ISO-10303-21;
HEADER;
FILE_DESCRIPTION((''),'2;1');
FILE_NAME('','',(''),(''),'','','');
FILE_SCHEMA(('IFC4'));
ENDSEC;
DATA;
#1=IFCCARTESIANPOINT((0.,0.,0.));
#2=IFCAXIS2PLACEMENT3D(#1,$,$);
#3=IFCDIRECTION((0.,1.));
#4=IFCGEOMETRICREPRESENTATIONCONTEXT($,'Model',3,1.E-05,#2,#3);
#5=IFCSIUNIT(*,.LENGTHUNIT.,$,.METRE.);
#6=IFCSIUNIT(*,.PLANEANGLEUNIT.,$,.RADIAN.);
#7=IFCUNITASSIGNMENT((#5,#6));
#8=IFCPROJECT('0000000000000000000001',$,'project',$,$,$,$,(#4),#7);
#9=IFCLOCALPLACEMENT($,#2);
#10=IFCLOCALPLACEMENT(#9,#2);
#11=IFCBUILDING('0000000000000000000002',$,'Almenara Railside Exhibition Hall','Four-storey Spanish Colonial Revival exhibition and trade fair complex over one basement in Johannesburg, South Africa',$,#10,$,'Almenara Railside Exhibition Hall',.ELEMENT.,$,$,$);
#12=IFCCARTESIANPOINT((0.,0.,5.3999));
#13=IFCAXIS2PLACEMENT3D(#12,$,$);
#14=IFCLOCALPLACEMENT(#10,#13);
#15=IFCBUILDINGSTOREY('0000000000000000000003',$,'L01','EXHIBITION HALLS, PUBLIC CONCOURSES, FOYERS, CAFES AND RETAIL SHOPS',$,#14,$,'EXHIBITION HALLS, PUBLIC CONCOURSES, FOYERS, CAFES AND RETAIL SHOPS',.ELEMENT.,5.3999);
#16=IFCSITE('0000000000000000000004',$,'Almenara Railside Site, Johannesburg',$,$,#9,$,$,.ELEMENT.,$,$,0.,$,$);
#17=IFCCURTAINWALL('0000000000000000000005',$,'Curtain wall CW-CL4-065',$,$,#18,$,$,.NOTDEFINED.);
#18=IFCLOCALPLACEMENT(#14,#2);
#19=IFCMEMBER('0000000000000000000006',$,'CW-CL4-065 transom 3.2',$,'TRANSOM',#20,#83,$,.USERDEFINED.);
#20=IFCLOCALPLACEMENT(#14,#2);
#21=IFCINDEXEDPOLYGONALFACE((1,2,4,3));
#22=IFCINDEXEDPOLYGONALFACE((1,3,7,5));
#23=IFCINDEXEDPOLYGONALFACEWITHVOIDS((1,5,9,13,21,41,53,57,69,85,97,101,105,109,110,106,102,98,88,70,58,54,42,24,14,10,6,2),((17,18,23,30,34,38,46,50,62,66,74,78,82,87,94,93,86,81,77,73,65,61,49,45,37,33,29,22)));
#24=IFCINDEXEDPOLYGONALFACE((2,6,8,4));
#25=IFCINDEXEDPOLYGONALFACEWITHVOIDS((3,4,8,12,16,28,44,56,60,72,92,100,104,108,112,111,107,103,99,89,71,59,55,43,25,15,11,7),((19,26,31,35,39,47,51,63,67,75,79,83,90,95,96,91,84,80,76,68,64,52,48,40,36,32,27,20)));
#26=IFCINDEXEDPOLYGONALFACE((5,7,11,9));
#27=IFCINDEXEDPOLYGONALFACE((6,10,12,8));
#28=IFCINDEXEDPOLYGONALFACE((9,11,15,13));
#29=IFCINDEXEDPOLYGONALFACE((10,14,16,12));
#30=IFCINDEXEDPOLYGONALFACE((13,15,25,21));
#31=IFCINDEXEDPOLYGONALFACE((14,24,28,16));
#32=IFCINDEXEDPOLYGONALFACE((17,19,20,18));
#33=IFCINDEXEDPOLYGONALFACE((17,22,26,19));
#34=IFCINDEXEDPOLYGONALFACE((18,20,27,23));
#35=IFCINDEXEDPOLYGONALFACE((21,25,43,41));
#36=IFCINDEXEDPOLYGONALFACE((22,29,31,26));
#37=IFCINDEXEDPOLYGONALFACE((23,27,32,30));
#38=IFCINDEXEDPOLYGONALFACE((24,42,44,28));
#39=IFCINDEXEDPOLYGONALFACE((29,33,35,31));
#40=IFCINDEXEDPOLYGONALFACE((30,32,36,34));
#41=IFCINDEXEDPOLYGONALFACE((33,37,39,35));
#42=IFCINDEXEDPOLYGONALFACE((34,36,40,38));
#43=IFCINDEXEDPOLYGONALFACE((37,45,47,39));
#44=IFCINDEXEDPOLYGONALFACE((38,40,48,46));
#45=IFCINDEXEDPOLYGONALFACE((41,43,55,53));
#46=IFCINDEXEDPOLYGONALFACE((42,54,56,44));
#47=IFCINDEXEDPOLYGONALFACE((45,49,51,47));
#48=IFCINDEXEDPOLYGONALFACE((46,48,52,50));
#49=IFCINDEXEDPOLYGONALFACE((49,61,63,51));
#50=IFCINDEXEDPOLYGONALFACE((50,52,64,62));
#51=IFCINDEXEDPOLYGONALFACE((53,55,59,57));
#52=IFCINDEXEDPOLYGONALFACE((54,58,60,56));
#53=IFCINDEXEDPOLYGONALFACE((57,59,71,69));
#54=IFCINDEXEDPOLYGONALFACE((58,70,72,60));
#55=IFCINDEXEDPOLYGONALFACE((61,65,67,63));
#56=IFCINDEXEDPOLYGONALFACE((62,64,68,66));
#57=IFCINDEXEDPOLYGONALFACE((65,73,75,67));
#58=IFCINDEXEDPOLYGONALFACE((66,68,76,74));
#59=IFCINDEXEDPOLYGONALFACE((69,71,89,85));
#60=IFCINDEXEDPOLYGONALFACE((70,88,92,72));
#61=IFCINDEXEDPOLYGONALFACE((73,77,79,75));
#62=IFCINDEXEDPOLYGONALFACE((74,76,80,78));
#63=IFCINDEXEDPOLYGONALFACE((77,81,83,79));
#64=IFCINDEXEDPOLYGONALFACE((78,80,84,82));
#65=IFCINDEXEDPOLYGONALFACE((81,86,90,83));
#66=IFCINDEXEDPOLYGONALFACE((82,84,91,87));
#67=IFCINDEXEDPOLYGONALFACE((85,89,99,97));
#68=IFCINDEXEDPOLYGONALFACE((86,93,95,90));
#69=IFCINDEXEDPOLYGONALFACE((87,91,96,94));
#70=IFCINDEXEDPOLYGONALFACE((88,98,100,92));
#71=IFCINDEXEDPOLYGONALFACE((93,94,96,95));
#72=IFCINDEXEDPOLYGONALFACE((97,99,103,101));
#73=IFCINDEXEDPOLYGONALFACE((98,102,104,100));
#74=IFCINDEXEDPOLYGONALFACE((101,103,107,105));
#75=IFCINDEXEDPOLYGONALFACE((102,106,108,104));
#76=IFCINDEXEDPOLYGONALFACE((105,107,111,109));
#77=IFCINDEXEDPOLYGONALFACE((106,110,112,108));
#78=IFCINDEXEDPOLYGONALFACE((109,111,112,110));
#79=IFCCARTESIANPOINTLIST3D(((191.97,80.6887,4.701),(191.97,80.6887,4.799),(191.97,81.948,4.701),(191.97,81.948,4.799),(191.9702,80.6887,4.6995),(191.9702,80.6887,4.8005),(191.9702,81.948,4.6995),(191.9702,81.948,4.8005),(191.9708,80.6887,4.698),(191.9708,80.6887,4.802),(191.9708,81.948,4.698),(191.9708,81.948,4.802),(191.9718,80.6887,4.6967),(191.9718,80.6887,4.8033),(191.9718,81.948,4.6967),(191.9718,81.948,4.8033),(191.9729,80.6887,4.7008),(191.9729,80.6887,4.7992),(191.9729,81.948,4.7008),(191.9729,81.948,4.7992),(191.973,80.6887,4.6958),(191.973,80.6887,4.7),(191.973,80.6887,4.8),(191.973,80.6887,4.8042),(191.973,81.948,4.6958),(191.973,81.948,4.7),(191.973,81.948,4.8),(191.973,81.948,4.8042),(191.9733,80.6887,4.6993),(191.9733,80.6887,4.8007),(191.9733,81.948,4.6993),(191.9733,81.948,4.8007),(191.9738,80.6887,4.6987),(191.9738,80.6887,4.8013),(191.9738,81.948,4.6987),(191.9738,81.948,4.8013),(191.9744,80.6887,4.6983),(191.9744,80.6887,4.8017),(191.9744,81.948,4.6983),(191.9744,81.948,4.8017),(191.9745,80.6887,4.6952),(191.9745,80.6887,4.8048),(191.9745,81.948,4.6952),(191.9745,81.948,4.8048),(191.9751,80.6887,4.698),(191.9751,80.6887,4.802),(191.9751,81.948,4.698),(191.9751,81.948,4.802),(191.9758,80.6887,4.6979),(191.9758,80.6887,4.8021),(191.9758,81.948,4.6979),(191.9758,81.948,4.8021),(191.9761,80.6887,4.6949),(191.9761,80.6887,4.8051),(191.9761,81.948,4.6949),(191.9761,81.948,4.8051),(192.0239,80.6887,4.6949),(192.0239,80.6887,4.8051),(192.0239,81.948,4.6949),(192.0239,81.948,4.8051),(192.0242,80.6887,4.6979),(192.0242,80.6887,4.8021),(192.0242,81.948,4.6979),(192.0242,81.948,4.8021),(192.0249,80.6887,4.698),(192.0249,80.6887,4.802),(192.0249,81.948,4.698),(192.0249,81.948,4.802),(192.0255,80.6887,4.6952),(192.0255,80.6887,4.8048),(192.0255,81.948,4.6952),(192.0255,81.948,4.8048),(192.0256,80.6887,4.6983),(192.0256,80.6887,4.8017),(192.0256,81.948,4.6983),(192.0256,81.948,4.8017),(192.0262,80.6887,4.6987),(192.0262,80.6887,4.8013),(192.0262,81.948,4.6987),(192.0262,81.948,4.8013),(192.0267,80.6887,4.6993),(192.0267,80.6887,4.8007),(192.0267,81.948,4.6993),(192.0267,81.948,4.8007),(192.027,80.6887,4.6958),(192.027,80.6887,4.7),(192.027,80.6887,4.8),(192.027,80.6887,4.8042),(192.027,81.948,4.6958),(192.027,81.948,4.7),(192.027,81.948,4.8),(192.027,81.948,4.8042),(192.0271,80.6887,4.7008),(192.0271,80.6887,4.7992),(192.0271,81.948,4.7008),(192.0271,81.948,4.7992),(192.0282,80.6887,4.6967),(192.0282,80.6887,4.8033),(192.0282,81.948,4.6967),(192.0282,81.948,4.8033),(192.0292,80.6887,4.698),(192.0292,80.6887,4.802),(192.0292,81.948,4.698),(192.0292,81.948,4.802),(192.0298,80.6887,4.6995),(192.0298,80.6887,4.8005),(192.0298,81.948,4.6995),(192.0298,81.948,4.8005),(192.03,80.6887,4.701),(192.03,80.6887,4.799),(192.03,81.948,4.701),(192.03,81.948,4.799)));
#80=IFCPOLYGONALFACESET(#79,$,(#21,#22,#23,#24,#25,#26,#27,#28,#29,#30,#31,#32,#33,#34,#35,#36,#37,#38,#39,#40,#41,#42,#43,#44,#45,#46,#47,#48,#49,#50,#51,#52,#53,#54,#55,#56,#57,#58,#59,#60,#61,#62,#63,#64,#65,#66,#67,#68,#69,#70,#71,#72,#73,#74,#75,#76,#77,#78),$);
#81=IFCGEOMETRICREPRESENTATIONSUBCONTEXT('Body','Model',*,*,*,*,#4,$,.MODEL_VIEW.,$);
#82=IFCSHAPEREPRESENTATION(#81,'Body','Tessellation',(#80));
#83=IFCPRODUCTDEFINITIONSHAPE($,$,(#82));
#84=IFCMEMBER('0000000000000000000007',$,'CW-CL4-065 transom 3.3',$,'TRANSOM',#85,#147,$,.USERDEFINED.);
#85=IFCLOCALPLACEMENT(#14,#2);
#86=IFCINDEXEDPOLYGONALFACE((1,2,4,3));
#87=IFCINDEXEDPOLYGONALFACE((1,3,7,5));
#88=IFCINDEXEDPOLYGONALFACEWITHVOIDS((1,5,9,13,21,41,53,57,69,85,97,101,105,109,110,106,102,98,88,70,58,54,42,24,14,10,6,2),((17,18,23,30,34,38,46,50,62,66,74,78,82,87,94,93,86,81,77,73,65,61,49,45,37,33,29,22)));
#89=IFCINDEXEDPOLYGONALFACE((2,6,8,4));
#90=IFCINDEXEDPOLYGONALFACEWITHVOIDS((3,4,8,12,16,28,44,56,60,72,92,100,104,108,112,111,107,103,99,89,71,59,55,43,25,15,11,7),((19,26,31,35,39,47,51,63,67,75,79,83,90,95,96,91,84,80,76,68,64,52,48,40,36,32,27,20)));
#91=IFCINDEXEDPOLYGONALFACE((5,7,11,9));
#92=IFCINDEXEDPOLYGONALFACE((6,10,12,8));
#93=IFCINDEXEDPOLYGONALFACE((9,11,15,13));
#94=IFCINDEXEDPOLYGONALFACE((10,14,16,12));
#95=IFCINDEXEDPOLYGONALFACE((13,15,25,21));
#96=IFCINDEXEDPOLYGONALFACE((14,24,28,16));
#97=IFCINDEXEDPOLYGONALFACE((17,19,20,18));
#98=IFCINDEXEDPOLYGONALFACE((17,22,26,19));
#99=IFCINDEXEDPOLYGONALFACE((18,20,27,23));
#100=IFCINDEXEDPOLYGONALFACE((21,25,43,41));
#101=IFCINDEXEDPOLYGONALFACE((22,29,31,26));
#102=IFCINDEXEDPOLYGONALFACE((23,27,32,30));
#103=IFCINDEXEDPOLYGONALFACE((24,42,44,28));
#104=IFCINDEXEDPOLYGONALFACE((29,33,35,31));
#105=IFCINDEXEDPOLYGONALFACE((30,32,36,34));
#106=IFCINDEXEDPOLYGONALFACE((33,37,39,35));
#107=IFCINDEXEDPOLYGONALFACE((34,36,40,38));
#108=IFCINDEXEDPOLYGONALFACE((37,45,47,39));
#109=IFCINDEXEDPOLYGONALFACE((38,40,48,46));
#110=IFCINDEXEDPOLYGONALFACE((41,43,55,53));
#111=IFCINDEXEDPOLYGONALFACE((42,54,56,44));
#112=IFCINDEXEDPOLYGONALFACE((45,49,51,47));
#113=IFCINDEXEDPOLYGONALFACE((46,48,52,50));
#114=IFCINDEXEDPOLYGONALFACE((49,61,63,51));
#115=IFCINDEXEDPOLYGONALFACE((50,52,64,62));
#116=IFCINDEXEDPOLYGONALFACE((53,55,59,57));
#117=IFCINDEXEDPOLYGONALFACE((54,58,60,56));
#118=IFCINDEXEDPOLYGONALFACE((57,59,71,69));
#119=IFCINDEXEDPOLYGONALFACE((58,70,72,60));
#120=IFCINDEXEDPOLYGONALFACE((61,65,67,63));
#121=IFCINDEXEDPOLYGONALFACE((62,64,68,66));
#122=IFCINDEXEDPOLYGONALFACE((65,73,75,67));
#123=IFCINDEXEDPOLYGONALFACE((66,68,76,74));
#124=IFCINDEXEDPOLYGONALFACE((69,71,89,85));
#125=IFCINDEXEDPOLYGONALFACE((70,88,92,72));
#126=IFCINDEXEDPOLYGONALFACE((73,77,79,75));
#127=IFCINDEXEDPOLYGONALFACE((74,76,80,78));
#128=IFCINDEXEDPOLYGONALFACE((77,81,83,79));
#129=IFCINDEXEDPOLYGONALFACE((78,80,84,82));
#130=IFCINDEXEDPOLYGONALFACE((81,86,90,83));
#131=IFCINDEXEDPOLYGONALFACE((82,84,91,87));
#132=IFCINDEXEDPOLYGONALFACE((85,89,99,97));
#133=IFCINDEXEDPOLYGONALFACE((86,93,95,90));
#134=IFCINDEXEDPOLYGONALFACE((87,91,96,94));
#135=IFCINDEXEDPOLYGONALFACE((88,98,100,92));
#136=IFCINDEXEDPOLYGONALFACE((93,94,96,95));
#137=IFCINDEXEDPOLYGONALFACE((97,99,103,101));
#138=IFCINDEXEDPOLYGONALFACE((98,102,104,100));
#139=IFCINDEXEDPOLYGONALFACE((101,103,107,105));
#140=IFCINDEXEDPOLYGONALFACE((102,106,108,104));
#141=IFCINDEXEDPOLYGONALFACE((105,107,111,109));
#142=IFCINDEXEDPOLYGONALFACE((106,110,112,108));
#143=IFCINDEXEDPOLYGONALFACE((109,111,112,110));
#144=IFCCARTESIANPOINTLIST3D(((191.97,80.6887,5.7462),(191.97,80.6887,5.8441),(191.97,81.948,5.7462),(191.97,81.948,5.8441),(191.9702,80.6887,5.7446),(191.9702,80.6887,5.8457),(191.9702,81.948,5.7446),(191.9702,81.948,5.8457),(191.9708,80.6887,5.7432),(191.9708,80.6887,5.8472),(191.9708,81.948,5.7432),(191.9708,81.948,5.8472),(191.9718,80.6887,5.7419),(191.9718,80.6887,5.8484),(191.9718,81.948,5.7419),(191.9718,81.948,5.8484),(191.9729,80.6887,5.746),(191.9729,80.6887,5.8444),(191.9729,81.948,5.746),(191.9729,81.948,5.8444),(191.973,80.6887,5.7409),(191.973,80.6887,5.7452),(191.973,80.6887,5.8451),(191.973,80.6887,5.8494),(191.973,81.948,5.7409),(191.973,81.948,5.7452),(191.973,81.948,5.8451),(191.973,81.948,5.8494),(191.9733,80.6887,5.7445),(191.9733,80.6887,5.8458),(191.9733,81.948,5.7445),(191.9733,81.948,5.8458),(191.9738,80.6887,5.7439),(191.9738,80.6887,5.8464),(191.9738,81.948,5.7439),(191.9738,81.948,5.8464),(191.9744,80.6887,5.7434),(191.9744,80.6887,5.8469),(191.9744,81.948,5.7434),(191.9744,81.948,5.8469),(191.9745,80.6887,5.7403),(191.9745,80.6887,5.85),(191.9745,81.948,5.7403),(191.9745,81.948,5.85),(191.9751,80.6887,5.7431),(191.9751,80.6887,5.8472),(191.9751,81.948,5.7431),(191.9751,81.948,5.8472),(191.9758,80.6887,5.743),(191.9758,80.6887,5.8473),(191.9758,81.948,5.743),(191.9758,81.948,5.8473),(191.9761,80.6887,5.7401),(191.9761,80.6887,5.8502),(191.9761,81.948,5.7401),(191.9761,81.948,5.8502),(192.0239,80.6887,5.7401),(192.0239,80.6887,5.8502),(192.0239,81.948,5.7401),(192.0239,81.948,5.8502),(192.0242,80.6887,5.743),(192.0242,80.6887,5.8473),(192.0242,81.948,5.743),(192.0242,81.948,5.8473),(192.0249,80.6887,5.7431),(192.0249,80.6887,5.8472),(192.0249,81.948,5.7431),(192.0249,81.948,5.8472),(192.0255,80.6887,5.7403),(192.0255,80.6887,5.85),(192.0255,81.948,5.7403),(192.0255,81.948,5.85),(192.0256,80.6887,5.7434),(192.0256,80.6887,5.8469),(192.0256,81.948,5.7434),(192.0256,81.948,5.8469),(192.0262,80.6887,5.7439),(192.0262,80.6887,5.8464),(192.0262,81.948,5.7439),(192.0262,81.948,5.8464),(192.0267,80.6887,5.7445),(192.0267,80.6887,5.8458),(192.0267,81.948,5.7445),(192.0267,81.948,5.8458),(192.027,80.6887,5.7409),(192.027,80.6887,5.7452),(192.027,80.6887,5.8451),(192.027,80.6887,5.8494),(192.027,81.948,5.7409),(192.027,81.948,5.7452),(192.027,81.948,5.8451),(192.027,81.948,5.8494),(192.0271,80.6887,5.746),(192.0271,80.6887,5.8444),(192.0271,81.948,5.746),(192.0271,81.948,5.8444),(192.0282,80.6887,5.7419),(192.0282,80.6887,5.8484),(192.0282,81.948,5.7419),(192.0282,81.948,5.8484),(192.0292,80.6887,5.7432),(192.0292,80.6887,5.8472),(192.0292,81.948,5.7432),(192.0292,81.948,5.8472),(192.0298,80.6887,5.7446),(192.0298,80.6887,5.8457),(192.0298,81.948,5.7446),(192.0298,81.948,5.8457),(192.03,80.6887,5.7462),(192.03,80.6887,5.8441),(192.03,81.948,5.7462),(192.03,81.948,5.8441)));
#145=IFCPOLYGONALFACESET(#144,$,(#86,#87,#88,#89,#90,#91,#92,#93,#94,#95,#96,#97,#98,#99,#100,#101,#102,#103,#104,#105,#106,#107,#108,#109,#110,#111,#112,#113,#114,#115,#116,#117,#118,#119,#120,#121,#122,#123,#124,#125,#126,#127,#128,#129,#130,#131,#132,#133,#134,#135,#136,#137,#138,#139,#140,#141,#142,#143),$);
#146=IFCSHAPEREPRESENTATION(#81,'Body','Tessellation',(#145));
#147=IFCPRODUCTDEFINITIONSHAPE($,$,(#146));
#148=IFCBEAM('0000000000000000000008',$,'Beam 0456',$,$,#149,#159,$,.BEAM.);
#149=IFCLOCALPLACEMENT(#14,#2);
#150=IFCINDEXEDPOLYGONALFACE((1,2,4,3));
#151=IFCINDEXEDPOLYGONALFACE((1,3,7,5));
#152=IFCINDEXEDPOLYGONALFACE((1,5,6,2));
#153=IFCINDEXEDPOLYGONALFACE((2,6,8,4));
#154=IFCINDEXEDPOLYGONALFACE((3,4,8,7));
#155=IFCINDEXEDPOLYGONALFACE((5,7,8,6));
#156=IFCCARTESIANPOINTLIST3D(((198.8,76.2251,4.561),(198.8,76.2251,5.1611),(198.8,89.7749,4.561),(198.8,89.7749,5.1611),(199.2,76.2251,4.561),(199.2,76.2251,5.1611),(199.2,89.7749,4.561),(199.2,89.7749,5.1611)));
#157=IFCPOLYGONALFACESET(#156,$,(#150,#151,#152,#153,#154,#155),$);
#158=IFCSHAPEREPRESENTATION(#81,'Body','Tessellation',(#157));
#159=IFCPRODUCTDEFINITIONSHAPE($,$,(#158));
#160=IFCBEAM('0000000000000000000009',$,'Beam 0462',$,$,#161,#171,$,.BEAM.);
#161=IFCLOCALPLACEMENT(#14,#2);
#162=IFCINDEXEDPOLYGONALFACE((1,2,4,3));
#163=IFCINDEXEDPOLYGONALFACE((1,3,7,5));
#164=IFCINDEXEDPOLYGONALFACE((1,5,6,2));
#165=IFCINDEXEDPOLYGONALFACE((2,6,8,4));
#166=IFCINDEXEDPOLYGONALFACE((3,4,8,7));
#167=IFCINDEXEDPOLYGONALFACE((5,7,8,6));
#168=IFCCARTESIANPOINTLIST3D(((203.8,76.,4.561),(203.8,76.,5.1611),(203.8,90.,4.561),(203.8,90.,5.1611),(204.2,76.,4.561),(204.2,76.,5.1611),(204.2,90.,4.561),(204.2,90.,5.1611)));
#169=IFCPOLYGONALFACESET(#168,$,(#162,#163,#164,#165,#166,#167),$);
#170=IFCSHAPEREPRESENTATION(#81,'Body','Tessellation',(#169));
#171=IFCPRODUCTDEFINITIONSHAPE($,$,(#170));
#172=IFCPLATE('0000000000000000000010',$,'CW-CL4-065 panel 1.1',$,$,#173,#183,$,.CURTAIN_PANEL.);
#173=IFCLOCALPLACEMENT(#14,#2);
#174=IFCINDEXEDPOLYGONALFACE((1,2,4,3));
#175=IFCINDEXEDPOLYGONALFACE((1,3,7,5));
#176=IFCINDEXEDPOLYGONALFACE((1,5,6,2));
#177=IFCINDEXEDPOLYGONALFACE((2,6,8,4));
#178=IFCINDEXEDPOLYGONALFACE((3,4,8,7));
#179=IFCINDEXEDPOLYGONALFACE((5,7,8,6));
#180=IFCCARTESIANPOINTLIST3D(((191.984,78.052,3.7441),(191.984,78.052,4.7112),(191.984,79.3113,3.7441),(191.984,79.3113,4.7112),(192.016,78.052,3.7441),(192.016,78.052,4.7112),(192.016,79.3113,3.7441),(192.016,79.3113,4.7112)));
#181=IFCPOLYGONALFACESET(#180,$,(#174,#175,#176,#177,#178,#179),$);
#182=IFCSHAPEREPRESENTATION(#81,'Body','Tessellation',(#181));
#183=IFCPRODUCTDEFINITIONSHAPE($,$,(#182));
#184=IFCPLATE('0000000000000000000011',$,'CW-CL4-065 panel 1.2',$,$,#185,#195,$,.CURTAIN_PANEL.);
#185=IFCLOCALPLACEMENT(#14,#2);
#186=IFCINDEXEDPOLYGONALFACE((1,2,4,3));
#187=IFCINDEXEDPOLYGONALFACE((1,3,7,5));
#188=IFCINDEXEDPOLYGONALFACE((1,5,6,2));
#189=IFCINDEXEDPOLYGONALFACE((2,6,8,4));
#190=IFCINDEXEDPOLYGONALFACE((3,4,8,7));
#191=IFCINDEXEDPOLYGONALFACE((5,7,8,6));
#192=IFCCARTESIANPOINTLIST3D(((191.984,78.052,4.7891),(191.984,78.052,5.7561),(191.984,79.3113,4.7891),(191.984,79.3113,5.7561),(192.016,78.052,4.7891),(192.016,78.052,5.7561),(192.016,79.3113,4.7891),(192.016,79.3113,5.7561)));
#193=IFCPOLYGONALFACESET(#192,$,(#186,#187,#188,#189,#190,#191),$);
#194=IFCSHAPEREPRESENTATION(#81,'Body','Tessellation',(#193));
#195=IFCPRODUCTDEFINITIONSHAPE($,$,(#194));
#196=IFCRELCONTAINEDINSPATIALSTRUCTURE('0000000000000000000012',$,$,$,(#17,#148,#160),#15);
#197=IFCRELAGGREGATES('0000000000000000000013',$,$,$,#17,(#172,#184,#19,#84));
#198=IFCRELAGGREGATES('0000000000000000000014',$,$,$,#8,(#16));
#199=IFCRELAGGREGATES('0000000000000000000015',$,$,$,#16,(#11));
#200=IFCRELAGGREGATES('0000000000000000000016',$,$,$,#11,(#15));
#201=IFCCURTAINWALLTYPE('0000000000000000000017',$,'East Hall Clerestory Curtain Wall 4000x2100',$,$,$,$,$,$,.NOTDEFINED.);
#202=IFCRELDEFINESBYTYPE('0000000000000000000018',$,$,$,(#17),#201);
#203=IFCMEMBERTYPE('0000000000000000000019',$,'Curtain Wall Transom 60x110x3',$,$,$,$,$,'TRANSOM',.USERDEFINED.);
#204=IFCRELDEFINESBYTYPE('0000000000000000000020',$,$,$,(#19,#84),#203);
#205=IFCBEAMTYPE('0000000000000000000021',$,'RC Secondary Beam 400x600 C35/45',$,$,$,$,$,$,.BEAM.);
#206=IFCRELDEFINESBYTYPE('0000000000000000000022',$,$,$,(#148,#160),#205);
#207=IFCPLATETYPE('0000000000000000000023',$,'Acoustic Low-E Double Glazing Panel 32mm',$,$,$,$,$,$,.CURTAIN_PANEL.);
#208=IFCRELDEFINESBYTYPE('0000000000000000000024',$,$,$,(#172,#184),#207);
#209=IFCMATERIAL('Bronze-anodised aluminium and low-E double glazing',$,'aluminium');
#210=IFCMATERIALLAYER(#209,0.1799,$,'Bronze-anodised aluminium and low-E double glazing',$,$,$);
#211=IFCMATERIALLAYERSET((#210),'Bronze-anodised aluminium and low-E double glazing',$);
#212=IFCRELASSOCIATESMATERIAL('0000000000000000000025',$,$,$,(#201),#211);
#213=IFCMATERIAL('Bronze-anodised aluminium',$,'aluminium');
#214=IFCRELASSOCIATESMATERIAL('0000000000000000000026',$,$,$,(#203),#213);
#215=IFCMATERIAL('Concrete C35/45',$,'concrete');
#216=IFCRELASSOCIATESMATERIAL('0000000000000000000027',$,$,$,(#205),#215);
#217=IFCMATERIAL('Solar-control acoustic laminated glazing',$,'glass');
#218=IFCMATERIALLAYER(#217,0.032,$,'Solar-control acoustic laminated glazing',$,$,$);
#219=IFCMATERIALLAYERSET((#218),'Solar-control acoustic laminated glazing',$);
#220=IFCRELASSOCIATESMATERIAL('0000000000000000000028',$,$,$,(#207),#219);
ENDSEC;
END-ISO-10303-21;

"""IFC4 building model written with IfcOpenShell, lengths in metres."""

from ifc_helpers import new_model, si_unit, direction, frame, origin, origin_2d, place, context, subcontext, project, spatial, rectangle, hollow_rectangle, extrude, material, layer, layer_set, material_profile, profile_set, type_object, element, aggregate, save


model = new_model("IFC4")

# Units and contexts
model_context = context("Model", 3, precision=1e-05, world=origin(), true_north=direction((0.0, 1.0)))
body_context = subcontext(model_context, "Body", "Model", "MODEL_VIEW")
ifc_project = project(units=[si_unit("LENGTHUNIT", "METRE"), si_unit("PLANEANGLEUNIT", "RADIAN")], contexts=[model_context])

# Site, building, storey
site_placement = place(None, origin())
site = spatial("IfcSite", under=ifc_project, at=site_placement, Name="Almenara Railside Site, Johannesburg", CompositionType="ELEMENT", RefElevation=0.0)
building_placement = place(site_placement, origin())
building = spatial("IfcBuilding", under=site, at=building_placement, Name="Almenara Railside Exhibition Hall", Description="Four-storey Spanish Colonial Revival exhibition and trade fair complex over one basement in Johannesburg, South Africa", LongName="Almenara Railside Exhibition Hall", CompositionType="ELEMENT")
storey_placement = place(building_placement, frame((0.0, 0.0, 5.3999)))
storey = spatial("IfcBuildingStorey", under=building, at=storey_placement, Name="L01", Description="EXHIBITION HALLS, PUBLIC CONCOURSES, FOYERS, CAFES AND RETAIL SHOPS", LongName="EXHIBITION HALLS, PUBLIC CONCOURSES, FOYERS, CAFES AND RETAIL SHOPS", CompositionType="ELEMENT", Elevation=5.3999)

# Shared definitions
ifc_material_1 = material(Name="Bronze-anodised aluminium and low-E double glazing", Category="aluminium")
ifc_layer_1 = layer(ifc_material_1, 0.1799, Name="Bronze-anodised aluminium and low-E double glazing")
ifc_layer_set_1 = layer_set([ifc_layer_1], Name="Bronze-anodised aluminium and low-E double glazing")
curtain_wall_type = type_object("IfcCurtainWallType", Name="East Hall Clerestory Curtain Wall 4000x2100", PredefinedType="NOTDEFINED", material=ifc_layer_set_1)
ifc_material_2 = material(Name="Bronze-anodised aluminium", Category="aluminium")

# Curtain wall, members
curtain_wall_1_placement = place(storey_placement, origin())
curtain_wall_1 = element("IfcCurtainWall", 1, at=curtain_wall_1_placement, inside=storey, type_object=curtain_wall_type, Name="Curtain wall CW-CL4-065", PredefinedType="NOTDEFINED")
ifc_material_profile_1 = material_profile(ifc_material_2, hollow_rectangle(XDim=0.0601, YDim=0.1101, WallThickness=0.0029, InnerFilletRadius=0.0029, OuterFilletRadius=0.0061, at=origin_2d()), Name="ALU-TRN 60x110x3")
ifc_profile_set_1 = profile_set([ifc_material_profile_1], Name="Bronze-anodised aluminium")
member_type_1 = type_object("IfcMemberType", Name="Curtain Wall Transom 60x110x3", ElementType="TRANSOM", PredefinedType="USERDEFINED", material=ifc_profile_set_1)
member_1_placement = place(storey_placement, frame((192.0, 80.6887, 4.75), z_axis=(0.0, 1.0, 0.0), x_axis=(-1.0, 0.0, 0.0)))
member_1 = element("IfcMember", 2, at=member_1_placement, type_object=member_type_1, Name="CW-CL4-065 transom 3.2", ObjectType="TRANSOM", PredefinedType="USERDEFINED", context=body_context, shape_type="SweptSolid", body=[
    extrude(hollow_rectangle(XDim=0.0601, YDim=0.1101, WallThickness=0.0029, InnerFilletRadius=0.0029, OuterFilletRadius=0.0061, at=origin_2d()), origin(), (0.0, 0.0, 1.0), 1.2593),
])
member_2_placement = place(storey_placement, frame((192.0, 80.6887, 5.7952), z_axis=(0.0, 1.0, 0.0), x_axis=(-1.0, 0.0, 0.0)))
member_2 = element("IfcMember", 3, at=member_2_placement, type_object=member_type_1, Name="CW-CL4-065 transom 3.3", ObjectType="TRANSOM", PredefinedType="USERDEFINED", context=body_context, shape_type="SweptSolid", body=[
    extrude(hollow_rectangle(XDim=0.0601, YDim=0.1101, WallThickness=0.0029, InnerFilletRadius=0.0029, OuterFilletRadius=0.0061, at=origin_2d()), origin(), (0.0, 0.0, 1.0), 1.2593),
])

# Beams
ifc_material_3 = material(Name="Concrete C35/45", Category="concrete")
ifc_material_profile_2 = material_profile(ifc_material_3, rectangle(XDim=0.3999, YDim=0.6001, at=origin_2d()), Name="RC 400x600")
ifc_profile_set_2 = profile_set([ifc_material_profile_2], Name="Concrete C35/45")
beam_type = type_object("IfcBeamType", Name="RC Secondary Beam 400x600 C35/45", PredefinedType="BEAM", material=ifc_profile_set_2)
beam_1_placement = place(storey_placement, frame((199.0, 76.2251, 4.8611), z_axis=(0.0, 1.0, 0.0), x_axis=(-1.0, 0.0, 0.0)))
element("IfcBeam", 4, at=beam_1_placement, inside=storey, type_object=beam_type, Name="Beam 0456", PredefinedType="BEAM", context=body_context, shape_type="SweptSolid", body=[
    extrude(rectangle(XDim=0.3999, YDim=0.6001, at=origin_2d()), origin(), (0.0, 0.0, 1.0), 13.5498),
])
beam_2_placement = place(storey_placement, frame((204.0, 76.0, 4.8611), z_axis=(0.0, 1.0, 0.0), x_axis=(-1.0, 0.0, 0.0)))
element("IfcBeam", 5, at=beam_2_placement, inside=storey, type_object=beam_type, Name="Beam 0462", PredefinedType="BEAM", context=body_context, shape_type="SweptSolid", body=[
    extrude(rectangle(XDim=0.3999, YDim=0.6001, at=origin_2d()), origin(), (0.0, 0.0, 1.0), 14.0),
])

# Plates
ifc_material_4 = material(Name="Solar-control acoustic laminated glazing", Category="glass")
ifc_layer_2 = layer(ifc_material_4, 0.032, Name="Solar-control acoustic laminated glazing")
ifc_layer_set_2 = layer_set([ifc_layer_2], Name="Solar-control acoustic laminated glazing")
plate_type = type_object("IfcPlateType", Name="Acoustic Low-E Double Glazing Panel 32mm", PredefinedType="CURTAIN_PANEL", material=ifc_layer_set_2)
plate_1_placement = place(storey_placement, frame((192.0, 78.6816, 3.7441), z_axis=(0.0, 0.0, 1.0), x_axis=(0.0, 1.0, 0.0)))
plate_1 = element("IfcPlate", 6, at=plate_1_placement, type_object=plate_type, Name="CW-CL4-065 panel 1.1", PredefinedType="CURTAIN_PANEL", context=body_context, shape_type="SweptSolid", body=[
    extrude(rectangle(XDim=1.2593, YDim=0.032, at=origin_2d()), origin(), (0.0, 0.0, 1.0), 0.967),
])
plate_2_placement = place(storey_placement, frame((192.0, 78.6816, 4.7891), z_axis=(0.0, 0.0, 1.0), x_axis=(0.0, 1.0, 0.0)))
plate_2 = element("IfcPlate", 7, at=plate_2_placement, type_object=plate_type, Name="CW-CL4-065 panel 1.2", PredefinedType="CURTAIN_PANEL", context=body_context, shape_type="SweptSolid", body=[
    extrude(rectangle(XDim=1.2593, YDim=0.032, at=origin_2d()), origin(), (0.0, 0.0, 1.0), 0.967),
])
aggregate(curtain_wall_1, [plate_1, plate_2, member_1, member_2])

save(model, "model.ifc")
